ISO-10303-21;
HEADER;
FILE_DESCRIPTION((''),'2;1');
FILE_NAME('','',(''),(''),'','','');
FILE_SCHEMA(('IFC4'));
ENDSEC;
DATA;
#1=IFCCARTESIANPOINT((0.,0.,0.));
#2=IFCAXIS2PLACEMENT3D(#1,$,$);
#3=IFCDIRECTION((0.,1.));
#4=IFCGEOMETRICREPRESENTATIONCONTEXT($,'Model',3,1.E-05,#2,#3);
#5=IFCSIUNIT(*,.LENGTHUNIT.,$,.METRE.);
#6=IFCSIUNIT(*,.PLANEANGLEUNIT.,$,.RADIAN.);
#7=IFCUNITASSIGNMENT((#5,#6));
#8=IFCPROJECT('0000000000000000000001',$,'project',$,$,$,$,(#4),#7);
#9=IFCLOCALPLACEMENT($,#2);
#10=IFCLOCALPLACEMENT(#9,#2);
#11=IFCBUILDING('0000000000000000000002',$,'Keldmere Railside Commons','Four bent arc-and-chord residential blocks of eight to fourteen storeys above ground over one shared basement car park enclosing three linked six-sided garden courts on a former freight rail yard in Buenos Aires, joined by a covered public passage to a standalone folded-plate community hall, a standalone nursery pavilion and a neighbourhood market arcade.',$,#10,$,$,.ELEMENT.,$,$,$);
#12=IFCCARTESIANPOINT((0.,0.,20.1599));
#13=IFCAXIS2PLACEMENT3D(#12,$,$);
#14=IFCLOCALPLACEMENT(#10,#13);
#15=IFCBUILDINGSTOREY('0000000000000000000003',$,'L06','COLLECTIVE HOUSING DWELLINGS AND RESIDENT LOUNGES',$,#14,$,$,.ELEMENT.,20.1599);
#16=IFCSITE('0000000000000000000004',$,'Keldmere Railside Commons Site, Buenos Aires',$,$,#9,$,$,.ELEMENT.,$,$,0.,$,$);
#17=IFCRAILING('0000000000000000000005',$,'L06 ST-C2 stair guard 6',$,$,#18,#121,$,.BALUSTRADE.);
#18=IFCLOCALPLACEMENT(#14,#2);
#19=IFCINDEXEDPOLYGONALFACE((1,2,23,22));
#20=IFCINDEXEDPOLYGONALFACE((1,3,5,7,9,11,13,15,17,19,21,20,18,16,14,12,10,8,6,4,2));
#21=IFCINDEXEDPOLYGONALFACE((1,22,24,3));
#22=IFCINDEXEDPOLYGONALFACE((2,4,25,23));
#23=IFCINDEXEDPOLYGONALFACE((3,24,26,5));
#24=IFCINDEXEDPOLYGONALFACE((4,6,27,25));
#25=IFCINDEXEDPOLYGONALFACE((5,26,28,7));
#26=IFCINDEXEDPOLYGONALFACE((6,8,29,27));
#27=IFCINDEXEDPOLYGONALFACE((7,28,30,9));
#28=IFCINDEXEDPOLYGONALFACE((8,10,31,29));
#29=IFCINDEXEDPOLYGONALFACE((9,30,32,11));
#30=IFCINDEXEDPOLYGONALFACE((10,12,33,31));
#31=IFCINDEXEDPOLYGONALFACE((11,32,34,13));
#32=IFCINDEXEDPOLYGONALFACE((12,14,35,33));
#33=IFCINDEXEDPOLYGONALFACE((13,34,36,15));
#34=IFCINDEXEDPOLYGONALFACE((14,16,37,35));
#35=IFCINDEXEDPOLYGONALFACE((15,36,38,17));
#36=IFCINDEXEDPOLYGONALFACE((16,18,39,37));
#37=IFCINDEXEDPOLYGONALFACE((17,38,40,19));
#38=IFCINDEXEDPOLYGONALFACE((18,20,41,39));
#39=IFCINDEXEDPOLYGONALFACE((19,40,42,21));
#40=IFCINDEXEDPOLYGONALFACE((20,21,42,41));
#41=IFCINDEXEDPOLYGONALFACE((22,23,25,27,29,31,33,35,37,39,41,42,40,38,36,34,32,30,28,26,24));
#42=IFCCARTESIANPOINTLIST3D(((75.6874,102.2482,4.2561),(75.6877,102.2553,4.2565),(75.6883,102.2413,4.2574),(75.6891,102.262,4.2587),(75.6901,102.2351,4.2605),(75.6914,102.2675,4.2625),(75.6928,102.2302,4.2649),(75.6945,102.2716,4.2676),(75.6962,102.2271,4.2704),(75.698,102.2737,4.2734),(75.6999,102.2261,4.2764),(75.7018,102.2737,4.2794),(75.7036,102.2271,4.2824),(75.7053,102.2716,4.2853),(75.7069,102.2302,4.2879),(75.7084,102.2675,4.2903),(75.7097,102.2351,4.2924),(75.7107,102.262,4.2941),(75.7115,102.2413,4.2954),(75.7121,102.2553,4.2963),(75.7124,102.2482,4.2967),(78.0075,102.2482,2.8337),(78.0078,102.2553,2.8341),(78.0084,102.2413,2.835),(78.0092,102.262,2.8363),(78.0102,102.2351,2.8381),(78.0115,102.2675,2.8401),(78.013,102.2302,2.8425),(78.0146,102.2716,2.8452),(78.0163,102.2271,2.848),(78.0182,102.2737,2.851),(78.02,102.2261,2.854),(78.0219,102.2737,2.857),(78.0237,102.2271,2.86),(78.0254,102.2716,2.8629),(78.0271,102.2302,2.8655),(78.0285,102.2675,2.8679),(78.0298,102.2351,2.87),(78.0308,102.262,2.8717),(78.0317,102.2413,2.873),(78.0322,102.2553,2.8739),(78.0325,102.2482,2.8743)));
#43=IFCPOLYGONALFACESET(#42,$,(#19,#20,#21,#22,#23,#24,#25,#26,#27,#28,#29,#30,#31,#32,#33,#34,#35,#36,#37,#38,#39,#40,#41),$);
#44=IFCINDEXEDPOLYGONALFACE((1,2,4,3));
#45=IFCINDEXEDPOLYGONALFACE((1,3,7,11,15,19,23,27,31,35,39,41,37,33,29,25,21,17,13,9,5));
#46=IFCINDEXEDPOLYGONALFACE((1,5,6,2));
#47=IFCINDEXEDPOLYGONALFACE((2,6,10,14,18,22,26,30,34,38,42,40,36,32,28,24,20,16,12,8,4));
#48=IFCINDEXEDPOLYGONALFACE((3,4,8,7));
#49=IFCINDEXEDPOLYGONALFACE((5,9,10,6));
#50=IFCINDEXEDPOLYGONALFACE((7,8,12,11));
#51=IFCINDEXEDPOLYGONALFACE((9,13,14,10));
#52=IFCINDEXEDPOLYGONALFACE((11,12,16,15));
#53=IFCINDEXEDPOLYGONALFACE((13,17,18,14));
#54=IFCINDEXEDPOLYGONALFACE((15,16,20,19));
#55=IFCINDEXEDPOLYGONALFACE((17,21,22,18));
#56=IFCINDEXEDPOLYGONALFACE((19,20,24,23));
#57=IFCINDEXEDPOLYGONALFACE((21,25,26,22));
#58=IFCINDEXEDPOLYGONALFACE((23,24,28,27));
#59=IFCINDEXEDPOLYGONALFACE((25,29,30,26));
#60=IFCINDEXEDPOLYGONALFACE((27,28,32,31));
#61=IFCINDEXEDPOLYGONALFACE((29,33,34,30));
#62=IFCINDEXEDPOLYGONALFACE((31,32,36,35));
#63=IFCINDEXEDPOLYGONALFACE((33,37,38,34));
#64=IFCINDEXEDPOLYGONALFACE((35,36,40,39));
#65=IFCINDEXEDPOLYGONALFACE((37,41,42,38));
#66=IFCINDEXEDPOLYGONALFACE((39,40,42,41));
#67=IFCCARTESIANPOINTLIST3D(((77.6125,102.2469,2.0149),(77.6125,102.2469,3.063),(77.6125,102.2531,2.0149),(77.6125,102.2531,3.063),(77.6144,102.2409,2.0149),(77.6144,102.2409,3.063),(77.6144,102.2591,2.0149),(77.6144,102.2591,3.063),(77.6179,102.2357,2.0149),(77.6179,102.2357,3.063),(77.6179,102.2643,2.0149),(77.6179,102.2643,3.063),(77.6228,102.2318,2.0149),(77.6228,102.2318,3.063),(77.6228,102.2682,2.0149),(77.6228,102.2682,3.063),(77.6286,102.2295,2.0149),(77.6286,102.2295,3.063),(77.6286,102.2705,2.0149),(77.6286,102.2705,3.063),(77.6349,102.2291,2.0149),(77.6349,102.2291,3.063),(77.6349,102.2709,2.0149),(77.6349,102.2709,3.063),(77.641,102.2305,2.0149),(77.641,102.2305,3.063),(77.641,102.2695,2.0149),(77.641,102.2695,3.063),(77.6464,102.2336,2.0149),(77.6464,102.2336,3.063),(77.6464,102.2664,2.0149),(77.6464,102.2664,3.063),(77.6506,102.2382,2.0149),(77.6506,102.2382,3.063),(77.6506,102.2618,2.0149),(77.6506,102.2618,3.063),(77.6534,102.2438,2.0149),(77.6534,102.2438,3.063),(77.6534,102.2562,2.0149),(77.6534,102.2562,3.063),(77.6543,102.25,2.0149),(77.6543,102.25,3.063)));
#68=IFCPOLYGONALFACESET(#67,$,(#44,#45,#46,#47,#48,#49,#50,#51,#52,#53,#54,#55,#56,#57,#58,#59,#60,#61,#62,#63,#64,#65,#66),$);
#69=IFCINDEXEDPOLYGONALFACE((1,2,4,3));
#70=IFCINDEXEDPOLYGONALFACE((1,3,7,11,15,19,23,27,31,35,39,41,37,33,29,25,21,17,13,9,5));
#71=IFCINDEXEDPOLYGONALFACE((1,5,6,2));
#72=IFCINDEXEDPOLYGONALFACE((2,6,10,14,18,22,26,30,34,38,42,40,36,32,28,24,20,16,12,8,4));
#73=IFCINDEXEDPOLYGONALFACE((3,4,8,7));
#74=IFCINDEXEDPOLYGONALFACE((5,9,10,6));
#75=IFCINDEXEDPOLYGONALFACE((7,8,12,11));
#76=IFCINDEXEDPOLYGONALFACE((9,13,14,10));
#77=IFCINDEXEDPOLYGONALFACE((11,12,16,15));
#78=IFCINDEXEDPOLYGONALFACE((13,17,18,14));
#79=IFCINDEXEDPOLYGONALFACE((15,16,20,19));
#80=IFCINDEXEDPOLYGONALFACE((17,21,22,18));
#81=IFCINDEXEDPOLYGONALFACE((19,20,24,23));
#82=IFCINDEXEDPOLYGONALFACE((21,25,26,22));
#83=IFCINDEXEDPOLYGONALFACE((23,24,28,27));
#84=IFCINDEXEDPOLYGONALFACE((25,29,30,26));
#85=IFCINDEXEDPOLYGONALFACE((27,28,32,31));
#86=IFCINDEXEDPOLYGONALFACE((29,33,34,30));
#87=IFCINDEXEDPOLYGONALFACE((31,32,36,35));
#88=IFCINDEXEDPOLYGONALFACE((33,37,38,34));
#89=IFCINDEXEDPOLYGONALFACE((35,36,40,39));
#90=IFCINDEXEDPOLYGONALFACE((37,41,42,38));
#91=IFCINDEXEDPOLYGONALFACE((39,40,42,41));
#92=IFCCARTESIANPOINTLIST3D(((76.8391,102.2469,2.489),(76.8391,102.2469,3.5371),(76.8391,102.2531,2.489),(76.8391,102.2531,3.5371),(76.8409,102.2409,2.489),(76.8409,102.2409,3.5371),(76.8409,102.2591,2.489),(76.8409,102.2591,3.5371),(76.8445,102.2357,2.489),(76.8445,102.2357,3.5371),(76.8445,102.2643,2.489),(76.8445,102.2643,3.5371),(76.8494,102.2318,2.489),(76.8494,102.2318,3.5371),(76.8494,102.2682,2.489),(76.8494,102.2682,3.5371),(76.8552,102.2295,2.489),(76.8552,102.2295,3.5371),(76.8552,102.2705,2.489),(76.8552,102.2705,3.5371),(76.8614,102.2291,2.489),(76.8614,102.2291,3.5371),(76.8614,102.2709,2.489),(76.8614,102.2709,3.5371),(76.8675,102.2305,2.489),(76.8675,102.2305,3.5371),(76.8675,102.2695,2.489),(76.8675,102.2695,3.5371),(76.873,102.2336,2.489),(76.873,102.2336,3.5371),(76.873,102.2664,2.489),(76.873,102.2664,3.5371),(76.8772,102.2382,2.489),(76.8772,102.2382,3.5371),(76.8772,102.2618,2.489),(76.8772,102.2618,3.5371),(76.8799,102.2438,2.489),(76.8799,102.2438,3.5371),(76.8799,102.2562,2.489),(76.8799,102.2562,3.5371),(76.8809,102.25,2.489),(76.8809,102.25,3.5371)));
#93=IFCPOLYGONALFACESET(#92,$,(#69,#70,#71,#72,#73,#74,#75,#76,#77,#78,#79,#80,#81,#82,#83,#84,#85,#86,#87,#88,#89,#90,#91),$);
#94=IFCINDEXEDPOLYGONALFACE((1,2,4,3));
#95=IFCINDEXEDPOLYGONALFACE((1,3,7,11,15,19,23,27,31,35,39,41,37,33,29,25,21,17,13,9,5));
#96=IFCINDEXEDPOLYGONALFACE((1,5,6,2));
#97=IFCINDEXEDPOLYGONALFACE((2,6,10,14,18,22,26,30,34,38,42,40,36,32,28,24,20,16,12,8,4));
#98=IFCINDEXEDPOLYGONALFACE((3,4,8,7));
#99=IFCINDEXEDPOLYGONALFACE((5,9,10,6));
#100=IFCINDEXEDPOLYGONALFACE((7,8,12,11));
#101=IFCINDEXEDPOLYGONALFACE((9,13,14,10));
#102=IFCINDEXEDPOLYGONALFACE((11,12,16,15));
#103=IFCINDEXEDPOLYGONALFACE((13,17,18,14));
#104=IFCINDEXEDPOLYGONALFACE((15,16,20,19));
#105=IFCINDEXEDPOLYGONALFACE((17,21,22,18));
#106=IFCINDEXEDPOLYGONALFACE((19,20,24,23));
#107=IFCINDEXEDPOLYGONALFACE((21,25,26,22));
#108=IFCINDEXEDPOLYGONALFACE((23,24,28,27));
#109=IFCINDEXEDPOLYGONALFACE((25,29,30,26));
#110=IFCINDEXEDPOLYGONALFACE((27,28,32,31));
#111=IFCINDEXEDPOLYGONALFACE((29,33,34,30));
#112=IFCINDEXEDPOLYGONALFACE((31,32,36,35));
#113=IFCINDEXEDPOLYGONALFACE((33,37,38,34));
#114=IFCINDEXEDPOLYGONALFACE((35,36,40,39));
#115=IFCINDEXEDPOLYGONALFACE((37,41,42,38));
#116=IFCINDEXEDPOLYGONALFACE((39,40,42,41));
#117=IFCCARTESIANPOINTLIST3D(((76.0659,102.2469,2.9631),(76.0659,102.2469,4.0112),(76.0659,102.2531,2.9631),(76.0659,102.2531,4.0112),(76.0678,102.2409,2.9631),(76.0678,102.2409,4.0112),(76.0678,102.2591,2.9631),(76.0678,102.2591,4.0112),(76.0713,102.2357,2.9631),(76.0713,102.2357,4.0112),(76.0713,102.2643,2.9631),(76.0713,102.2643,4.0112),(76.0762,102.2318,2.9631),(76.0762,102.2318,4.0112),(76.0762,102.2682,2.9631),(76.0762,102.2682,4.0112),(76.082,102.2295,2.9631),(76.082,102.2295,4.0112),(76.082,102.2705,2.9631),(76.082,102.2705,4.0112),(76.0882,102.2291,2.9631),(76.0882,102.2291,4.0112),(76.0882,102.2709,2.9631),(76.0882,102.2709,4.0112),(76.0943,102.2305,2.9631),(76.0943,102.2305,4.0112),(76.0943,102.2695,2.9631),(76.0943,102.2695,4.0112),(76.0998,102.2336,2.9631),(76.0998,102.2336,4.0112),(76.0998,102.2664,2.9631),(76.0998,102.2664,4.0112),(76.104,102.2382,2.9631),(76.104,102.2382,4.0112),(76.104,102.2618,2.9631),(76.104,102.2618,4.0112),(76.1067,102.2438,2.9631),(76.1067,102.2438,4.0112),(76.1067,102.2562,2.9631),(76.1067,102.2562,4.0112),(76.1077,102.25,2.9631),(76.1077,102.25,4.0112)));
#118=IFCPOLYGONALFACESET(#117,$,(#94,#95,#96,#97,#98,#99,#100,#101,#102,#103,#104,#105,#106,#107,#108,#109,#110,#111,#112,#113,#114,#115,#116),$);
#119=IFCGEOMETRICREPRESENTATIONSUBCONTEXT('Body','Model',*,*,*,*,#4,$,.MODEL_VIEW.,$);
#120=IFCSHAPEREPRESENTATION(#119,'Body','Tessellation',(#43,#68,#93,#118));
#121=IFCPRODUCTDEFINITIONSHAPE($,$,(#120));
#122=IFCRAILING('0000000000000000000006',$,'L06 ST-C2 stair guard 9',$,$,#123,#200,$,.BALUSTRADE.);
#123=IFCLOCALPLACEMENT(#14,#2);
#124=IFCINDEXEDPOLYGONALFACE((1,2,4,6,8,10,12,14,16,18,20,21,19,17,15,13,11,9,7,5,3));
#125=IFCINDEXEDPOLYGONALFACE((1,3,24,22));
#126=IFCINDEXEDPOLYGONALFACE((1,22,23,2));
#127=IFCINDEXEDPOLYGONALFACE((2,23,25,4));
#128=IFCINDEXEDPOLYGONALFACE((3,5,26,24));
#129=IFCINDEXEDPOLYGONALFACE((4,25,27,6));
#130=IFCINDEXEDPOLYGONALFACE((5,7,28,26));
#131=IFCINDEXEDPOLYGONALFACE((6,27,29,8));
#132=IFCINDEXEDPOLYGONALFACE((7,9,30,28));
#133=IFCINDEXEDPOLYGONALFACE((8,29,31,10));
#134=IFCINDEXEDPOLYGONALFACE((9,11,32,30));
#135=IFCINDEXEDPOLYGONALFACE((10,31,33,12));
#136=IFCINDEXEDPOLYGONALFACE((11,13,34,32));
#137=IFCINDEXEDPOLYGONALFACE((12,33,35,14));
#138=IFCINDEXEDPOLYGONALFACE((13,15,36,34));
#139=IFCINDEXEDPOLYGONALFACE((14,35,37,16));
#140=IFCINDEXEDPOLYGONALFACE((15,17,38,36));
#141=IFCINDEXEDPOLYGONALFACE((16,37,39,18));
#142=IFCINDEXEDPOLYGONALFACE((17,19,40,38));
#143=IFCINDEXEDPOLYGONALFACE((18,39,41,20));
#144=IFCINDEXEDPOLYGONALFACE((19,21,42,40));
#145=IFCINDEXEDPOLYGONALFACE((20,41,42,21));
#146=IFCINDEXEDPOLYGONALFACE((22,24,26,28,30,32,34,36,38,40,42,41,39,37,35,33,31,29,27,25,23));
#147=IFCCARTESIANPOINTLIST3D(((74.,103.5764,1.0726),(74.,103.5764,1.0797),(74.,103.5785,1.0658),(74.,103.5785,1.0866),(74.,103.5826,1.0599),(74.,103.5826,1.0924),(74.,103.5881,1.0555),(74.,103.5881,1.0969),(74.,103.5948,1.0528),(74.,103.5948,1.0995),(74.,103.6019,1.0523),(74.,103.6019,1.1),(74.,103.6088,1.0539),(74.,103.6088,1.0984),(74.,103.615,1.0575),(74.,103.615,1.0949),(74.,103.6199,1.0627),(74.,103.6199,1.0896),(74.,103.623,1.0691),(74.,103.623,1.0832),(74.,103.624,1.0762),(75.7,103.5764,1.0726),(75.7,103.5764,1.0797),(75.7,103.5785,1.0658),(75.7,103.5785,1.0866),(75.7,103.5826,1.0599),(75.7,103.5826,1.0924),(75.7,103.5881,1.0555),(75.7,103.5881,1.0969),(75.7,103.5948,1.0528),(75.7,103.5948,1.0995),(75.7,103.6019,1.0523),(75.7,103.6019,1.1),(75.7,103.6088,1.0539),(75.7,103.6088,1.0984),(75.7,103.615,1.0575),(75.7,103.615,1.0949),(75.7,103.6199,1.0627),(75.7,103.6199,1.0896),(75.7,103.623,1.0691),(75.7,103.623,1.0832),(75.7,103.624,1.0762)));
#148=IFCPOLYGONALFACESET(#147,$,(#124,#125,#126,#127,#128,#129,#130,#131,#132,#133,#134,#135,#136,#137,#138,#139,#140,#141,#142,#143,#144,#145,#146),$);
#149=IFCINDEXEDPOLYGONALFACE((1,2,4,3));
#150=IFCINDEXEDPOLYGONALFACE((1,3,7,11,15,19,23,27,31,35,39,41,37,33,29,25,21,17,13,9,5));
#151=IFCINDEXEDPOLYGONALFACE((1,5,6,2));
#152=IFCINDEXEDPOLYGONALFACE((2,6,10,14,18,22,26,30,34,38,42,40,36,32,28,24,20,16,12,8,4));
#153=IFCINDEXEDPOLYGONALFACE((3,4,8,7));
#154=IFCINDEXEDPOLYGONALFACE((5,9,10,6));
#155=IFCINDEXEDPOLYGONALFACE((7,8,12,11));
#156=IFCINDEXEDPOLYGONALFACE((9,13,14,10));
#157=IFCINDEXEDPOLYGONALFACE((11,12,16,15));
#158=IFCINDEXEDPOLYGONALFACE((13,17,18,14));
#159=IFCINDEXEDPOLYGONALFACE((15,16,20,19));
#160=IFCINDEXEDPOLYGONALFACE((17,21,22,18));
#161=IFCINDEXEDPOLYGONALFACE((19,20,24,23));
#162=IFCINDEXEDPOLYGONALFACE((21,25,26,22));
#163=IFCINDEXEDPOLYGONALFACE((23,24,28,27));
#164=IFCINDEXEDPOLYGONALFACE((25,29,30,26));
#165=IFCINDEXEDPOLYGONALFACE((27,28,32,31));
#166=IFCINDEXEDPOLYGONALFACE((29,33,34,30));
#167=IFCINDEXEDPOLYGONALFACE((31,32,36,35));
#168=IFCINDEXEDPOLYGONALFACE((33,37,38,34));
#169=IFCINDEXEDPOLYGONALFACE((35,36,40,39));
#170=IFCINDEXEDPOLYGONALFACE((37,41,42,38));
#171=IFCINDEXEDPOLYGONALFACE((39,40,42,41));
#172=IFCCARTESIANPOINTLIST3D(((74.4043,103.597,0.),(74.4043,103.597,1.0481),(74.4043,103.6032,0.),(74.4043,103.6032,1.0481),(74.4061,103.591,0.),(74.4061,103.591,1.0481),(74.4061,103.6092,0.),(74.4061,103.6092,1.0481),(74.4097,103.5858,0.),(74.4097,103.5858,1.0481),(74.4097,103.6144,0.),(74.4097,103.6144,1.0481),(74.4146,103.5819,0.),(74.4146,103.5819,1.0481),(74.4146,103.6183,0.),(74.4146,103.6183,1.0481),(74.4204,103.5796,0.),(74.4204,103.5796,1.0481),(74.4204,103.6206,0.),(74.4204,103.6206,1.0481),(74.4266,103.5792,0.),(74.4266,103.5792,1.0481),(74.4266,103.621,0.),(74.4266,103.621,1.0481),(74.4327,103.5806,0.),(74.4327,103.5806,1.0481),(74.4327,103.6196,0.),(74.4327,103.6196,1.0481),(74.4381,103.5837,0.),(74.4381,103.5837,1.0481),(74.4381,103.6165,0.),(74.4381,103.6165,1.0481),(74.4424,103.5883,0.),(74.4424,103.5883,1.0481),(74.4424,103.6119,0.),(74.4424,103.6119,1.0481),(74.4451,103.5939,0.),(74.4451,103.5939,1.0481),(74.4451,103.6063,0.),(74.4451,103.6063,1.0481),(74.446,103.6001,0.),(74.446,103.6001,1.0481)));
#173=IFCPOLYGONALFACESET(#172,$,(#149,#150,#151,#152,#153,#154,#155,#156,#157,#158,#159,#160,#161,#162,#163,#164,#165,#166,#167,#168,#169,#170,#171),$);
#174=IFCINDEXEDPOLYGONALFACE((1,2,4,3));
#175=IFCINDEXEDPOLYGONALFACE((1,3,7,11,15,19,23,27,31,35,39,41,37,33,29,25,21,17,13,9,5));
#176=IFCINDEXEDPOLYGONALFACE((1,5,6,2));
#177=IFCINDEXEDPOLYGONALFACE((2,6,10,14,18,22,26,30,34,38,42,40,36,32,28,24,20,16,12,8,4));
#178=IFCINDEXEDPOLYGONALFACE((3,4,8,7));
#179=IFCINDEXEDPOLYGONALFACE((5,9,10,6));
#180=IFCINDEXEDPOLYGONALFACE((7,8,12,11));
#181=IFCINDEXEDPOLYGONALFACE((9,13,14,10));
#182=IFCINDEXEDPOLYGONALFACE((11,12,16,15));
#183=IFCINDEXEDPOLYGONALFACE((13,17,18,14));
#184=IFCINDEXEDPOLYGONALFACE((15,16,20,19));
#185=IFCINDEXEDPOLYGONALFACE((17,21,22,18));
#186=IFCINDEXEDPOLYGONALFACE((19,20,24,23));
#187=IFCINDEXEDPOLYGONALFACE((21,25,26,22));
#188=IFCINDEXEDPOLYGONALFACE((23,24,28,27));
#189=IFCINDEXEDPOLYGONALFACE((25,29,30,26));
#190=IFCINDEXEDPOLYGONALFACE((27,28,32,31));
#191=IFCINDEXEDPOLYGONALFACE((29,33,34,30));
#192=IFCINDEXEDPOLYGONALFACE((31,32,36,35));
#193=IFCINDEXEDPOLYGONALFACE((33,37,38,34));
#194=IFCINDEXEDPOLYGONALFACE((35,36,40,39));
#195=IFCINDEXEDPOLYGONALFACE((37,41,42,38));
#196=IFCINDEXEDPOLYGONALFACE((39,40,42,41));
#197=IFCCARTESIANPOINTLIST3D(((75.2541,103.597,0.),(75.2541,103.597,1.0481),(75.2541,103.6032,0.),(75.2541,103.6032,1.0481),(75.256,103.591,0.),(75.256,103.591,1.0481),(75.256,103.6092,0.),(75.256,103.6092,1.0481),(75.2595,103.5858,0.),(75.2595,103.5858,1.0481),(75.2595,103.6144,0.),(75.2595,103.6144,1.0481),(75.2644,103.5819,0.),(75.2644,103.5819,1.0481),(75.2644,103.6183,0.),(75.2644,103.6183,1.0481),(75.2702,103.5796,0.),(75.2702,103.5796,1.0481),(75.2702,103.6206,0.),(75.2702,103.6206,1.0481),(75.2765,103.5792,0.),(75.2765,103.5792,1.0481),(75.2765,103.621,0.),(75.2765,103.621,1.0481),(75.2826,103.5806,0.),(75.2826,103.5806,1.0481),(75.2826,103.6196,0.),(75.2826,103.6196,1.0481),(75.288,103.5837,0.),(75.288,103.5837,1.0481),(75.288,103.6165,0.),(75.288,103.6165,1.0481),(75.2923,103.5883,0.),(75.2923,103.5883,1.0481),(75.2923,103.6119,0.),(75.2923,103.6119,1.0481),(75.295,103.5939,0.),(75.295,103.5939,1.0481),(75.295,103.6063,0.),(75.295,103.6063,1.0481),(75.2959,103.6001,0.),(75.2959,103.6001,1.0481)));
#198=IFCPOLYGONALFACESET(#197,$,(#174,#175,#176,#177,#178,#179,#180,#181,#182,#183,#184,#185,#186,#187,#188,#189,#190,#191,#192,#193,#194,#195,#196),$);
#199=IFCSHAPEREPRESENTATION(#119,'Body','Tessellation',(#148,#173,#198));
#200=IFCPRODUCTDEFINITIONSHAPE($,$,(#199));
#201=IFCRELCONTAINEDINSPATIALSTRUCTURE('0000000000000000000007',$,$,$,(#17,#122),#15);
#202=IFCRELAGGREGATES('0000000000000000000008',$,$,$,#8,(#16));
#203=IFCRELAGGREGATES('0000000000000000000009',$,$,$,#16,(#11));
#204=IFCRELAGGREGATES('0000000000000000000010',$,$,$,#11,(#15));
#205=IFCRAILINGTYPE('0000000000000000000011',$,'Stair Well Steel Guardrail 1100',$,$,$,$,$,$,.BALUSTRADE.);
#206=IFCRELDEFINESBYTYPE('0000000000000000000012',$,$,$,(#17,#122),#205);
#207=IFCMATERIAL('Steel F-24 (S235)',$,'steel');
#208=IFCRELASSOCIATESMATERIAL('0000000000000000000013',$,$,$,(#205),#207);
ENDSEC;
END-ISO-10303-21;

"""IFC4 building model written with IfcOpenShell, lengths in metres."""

from ifc_helpers import new_model, si_unit, direction, frame, origin, origin_2d, place, context, subcontext, project, spatial, circle, extrude, material, type_object, element, save


model = new_model("IFC4")

# Units and contexts
model_context = context("Model", 3, precision=1e-05, world=origin(), true_north=direction((0.0, 1.0)))
body_context = subcontext(model_context, "Body", "Model", "MODEL_VIEW")
ifc_project = project(units=[si_unit("LENGTHUNIT", "METRE"), si_unit("PLANEANGLEUNIT", "RADIAN")], contexts=[model_context])

# Site, building, storey
site_placement = place(None, origin())
site = spatial("IfcSite", under=ifc_project, at=site_placement, Name="Keldmere Railside Commons Site, Buenos Aires", CompositionType="ELEMENT", RefElevation=0.0)
building_placement = place(site_placement, origin())
building = spatial("IfcBuilding", under=site, at=building_placement, Name="Keldmere Railside Commons", Description="Four bent arc-and-chord residential blocks of eight to fourteen storeys above ground over one shared basement car park enclosing three linked six-sided garden courts on a former freight rail yard in Buenos Aires, joined by a covered public passage to a standalone folded-plate community hall, a standalone nursery pavilion and a neighbourhood market arcade.", CompositionType="ELEMENT")
storey_placement = place(building_placement, frame((0.0, 0.0, 20.1599)))
storey = spatial("IfcBuildingStorey", under=building, at=storey_placement, Name="L06", Description="COLLECTIVE HOUSING DWELLINGS AND RESIDENT LOUNGES", CompositionType="ELEMENT", Elevation=20.1599)

# Shared definitions
ifc_material_1 = material(Name="Steel F-24 (S235)", Category="steel")

# Railings
railing_type_1 = type_object("IfcRailingType", Name="Stair Well Steel Guardrail 1100", PredefinedType="BALUSTRADE", material=ifc_material_1)
railing_1_placement = place(storey_placement, frame((78.02, 102.25, 1.7778)))
element("IfcRailing", 1, at=railing_1_placement, inside=storey, type_object=railing_type_1, Name="L06 ST-C2 stair guard 6", PredefinedType="BALUSTRADE", context=body_context, shape_type="SweptSolid", body=[
    extrude(circle(Radius=0.0239, at=origin_2d()), frame((0.0, 0.0, 1.0762), z_axis=(-0.852538, 0.0, 0.522665), x_axis=(0.0, -1.0, 0.0)), (0.0, 0.0, 1.0), 2.7214),
    extrude(circle(Radius=0.021, at=origin_2d()), frame((-0.3867, 0.0, 0.2371)), (0.0, 0.0, 1.0), 1.0481),
    extrude(circle(Radius=0.021, at=origin_2d()), frame((-1.1602, 0.0, 0.7112)), (0.0, 0.0, 1.0), 1.0481),
    extrude(circle(Radius=0.021, at=origin_2d()), frame((-1.9333, 0.0, 1.1853)), (0.0, 0.0, 1.0), 1.0481),
])
railing_2_placement = place(storey_placement, frame((74.0, 103.6001, 0.0)))
element("IfcRailing", 2, at=railing_2_placement, inside=storey, type_object=railing_type_1, Name="L06 ST-C2 stair guard 9", PredefinedType="BALUSTRADE", context=body_context, shape_type="SweptSolid", body=[
    extrude(circle(Radius=0.0239, at=origin_2d()), frame((0.0, 0.0, 1.0762), z_axis=(1.0, 0.0, 0.0), x_axis=(0.0, 1.0, 0.0)), (0.0, 0.0, 1.0), 1.7),
    extrude(circle(Radius=0.021, at=origin_2d()), frame((0.425, 0.0, 0.0)), (0.0, 0.0, 1.0), 1.0481),
    extrude(circle(Radius=0.021, at=origin_2d()), frame((1.2749, 0.0, 0.0)), (0.0, 0.0, 1.0), 1.0481),
])

save(model, "model.ifc")
